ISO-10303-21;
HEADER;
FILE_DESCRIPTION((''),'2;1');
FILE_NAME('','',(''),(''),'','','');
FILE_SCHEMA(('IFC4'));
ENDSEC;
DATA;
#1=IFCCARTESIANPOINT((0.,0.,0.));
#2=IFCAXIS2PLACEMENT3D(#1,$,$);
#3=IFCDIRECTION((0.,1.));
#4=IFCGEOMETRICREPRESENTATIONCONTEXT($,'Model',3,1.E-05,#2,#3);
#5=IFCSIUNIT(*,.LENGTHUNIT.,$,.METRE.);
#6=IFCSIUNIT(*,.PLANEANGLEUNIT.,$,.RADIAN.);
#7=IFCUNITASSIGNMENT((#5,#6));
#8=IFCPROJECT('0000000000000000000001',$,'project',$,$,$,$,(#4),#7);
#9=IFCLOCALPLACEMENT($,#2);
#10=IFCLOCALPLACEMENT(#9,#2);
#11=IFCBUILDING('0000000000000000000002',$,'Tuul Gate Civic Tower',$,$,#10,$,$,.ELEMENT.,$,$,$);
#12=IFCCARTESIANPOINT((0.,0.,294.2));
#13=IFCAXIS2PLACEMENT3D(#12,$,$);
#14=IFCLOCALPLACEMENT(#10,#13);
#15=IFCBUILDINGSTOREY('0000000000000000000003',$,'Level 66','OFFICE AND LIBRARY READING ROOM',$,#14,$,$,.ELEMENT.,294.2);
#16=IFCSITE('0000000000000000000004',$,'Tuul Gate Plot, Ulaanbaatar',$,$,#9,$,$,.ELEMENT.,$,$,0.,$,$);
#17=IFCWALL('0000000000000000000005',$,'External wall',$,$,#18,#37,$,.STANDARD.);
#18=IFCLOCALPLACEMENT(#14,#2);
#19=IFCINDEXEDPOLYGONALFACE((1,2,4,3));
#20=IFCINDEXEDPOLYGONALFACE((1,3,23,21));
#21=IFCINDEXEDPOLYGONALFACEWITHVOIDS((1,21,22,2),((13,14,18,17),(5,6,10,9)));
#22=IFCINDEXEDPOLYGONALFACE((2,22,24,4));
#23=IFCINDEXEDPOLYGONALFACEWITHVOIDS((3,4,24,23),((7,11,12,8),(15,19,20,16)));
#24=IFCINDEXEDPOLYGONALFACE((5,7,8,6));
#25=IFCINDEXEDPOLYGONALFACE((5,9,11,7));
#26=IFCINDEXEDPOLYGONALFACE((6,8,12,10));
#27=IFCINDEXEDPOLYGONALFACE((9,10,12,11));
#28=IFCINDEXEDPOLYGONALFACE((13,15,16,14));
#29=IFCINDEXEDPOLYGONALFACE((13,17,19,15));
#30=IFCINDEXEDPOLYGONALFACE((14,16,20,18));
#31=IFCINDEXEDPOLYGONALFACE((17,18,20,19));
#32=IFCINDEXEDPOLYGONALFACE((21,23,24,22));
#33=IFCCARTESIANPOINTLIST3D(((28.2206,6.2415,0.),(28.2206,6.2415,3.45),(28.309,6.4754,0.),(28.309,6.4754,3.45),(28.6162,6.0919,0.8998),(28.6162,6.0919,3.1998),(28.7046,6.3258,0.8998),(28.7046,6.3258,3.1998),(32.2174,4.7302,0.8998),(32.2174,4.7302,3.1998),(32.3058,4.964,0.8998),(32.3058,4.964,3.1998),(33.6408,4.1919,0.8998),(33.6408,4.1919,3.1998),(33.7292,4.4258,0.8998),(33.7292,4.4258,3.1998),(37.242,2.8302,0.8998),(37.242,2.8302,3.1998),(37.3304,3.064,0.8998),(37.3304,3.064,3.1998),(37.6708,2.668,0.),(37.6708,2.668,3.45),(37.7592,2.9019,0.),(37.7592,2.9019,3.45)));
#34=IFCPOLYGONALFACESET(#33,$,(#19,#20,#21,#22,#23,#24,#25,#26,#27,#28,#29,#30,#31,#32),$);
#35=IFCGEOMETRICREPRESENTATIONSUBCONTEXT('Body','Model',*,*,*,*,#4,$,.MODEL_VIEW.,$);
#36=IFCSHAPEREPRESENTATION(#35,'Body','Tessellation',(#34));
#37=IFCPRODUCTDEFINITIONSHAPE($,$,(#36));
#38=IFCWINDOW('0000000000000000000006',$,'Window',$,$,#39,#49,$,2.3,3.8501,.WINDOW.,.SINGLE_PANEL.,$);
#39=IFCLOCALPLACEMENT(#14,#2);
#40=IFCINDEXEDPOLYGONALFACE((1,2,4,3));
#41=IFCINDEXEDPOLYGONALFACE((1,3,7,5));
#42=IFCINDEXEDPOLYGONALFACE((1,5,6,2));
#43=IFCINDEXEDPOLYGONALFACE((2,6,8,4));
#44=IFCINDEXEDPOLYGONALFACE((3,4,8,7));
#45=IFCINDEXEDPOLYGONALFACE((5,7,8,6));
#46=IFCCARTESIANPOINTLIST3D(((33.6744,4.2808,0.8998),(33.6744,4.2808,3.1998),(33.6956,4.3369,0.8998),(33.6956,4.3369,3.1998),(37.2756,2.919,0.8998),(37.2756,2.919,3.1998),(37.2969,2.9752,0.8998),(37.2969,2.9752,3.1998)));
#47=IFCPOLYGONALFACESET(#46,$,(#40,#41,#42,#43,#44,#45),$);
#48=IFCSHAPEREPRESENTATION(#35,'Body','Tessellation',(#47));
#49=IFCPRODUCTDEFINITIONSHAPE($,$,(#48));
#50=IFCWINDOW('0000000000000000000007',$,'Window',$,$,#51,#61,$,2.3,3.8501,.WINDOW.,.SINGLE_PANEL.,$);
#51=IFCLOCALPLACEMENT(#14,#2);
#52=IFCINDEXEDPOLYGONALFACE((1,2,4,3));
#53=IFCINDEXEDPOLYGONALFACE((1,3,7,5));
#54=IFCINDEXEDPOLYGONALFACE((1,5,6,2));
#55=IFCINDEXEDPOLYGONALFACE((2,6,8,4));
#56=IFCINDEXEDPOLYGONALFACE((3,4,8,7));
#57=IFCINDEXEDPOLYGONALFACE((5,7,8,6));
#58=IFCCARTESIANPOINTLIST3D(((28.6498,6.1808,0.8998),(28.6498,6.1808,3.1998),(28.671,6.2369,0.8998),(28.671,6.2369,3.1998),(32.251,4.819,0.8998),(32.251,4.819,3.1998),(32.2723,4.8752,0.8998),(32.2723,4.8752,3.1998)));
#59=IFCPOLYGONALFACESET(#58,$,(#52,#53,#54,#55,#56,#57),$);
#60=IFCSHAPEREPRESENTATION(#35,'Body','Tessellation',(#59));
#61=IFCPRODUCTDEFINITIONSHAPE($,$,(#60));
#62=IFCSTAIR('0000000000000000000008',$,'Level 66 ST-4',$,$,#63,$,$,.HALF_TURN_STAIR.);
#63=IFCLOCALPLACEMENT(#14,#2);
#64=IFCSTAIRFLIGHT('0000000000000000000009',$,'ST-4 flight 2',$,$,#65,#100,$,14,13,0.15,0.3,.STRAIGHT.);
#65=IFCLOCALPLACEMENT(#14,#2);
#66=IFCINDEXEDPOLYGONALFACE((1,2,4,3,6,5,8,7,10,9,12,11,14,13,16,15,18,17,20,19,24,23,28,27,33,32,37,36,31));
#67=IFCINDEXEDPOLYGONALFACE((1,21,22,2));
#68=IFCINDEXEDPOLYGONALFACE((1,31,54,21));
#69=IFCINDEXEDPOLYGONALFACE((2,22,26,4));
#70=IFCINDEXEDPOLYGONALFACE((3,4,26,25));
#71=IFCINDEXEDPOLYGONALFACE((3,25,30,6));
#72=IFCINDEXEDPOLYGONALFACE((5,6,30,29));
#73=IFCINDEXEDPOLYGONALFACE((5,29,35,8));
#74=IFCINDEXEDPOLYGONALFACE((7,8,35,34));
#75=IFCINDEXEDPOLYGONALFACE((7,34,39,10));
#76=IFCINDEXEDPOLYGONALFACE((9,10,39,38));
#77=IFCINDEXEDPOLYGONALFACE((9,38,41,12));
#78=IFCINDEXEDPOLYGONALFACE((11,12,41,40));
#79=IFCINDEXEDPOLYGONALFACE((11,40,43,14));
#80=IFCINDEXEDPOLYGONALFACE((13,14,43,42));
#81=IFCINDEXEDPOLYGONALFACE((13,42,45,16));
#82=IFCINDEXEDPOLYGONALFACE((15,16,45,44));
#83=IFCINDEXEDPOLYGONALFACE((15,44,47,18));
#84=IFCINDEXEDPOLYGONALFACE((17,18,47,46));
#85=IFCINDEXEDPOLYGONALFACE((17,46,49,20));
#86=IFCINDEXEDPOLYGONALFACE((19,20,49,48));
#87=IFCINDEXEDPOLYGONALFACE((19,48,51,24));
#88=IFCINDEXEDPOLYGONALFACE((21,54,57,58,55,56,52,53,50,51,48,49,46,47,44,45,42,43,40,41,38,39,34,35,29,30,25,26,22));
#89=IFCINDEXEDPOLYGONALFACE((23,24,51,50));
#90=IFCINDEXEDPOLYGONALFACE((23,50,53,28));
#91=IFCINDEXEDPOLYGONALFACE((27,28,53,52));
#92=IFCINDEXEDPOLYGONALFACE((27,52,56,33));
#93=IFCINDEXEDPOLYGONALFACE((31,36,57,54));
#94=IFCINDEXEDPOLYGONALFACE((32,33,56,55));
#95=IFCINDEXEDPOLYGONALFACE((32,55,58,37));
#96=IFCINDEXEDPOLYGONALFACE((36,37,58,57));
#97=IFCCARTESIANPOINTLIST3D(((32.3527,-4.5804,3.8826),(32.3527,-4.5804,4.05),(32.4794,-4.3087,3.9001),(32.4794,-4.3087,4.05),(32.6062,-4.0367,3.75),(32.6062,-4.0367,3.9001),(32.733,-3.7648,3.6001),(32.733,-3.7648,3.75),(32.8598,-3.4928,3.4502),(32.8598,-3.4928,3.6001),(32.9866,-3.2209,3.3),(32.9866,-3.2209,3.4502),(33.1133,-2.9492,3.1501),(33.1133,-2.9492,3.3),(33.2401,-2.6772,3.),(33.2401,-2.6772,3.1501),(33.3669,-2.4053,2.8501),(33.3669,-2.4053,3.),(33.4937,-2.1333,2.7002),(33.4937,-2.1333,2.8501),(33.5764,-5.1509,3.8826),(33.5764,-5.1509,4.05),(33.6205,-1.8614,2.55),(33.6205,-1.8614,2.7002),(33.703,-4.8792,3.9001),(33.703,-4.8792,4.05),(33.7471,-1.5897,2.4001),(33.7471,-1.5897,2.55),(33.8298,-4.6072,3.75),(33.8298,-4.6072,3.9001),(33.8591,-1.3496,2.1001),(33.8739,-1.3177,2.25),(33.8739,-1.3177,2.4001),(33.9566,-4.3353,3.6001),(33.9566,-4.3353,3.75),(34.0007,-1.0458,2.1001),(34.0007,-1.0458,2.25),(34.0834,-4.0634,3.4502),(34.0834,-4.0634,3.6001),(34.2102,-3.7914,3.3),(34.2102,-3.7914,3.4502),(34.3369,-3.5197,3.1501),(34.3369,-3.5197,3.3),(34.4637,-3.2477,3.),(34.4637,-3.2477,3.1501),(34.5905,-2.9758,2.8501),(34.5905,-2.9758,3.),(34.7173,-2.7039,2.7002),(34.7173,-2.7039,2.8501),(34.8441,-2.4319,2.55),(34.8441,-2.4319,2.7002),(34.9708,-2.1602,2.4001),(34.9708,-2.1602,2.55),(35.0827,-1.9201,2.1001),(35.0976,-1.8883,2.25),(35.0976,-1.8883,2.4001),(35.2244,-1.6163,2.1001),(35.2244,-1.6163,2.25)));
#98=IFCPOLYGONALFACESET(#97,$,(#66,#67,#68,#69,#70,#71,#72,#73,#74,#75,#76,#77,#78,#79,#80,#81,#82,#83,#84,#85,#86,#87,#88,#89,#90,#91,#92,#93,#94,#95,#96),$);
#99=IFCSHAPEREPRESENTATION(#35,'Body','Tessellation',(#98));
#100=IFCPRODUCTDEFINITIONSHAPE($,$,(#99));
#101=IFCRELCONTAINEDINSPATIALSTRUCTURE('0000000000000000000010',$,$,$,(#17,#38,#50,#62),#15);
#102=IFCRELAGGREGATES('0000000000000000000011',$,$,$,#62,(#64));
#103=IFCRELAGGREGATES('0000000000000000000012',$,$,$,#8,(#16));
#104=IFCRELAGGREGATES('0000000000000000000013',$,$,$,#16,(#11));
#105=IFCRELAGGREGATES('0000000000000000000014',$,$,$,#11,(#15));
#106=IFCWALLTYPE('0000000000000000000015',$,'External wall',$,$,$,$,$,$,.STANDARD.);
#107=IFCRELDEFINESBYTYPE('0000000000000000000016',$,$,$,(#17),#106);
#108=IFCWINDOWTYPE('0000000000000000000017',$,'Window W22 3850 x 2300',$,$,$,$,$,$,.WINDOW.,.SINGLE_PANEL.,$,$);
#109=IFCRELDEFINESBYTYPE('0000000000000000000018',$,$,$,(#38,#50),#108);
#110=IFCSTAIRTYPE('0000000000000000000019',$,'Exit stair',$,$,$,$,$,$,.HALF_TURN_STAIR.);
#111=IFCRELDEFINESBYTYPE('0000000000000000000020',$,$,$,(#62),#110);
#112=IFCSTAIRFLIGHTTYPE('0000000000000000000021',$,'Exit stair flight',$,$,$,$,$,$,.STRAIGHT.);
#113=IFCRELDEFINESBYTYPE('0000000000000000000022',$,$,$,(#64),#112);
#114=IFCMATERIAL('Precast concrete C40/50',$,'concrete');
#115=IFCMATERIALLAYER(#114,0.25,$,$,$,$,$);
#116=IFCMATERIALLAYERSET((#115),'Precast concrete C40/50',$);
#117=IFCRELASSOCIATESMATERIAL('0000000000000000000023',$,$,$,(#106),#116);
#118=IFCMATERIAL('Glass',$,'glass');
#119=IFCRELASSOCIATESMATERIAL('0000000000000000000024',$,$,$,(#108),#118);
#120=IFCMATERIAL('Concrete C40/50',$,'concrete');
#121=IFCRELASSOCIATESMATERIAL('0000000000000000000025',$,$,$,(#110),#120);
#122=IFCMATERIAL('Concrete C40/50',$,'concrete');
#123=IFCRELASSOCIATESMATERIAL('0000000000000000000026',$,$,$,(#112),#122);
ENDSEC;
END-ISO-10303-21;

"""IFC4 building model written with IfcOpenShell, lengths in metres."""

from ifc_helpers import new_model, si_unit, direction, frame, frame_2d, origin, place, context, subcontext, project, spatial, polyline, rectangle, outline, extrude, material, layer, layer_set, type_object, element, fill, aggregate, save


model = new_model("IFC4")

# Units and contexts
model_context = context("Model", 3, precision=1e-05, world=origin(), true_north=direction((0.0, 1.0)))
body_context = subcontext(model_context, "Body", "Model", "MODEL_VIEW")
ifc_project = project(units=[si_unit("LENGTHUNIT", "METRE"), si_unit("PLANEANGLEUNIT", "RADIAN")], contexts=[model_context])

# Site, building, storey
site_placement = place(None, origin())
site = spatial("IfcSite", under=ifc_project, at=site_placement, Name="Tuul Gate Plot, Ulaanbaatar", CompositionType="ELEMENT", RefElevation=0.0)
building_placement = place(site_placement, origin())
building = spatial("IfcBuilding", under=site, at=building_placement, Name="Tuul Gate Civic Tower", CompositionType="ELEMENT")
storey_placement = place(building_placement, frame((0.0, 0.0, 294.2)))
storey = spatial("IfcBuildingStorey", under=building, at=storey_placement, Name="Level 66", Description="OFFICE AND LIBRARY READING ROOM", CompositionType="ELEMENT", Elevation=294.2)

# Wall, openings, windows
ifc_material_1 = material(Name="Precast concrete C40/50", Category="concrete")
ifc_layer_1 = layer(ifc_material_1, 0.25)
ifc_layer_set_1 = layer_set([ifc_layer_1], Name="Precast concrete C40/50")
wall_type_1 = type_object("IfcWallType", Name="External wall", PredefinedType="STANDARD", material=ifc_layer_set_1)
wall_1_placement = place(storey_placement, frame((37.7151, 2.7849, 0.0), z_axis=(0.0, 0.0, 1.0), x_axis=(-0.93536, 0.353696, 0.0)))
wall_1 = element("IfcWall", 1, at=wall_1_placement, inside=storey, type_object=wall_type_1, Name="External wall", PredefinedType="STANDARD", context=body_context, shape_type="SweptSolid", body=[
    extrude(rectangle(XDim=10.1033, YDim=0.25, at=frame_2d((5.0518, 0.0))), origin(), (0.0, 0.0, 1.0), 3.45),
])
opening_1_placement = place(wall_1_placement, frame((0.4585, 0.0, 0.8999)))
opening_1 = element("IfcOpeningElement", 2, at=opening_1_placement, cuts=wall_1, PredefinedType="OPENING", context=body_context, shape_type="SweptSolid", body=[
    extrude(rectangle(XDim=3.8501, YDim=2.3, at=frame_2d((1.925, 1.1499))), frame((0.0, 0.135, 0.0), z_axis=(0.0, -1.0, 0.0), x_axis=(1.0, 0.0, 0.0)), (0.0, 0.0, 1.0), 0.27),
])
opening_2_placement = place(wall_1_placement, frame((5.8303, 0.0, 0.8999)))
opening_2 = element("IfcOpeningElement", 3, at=opening_2_placement, cuts=wall_1, PredefinedType="OPENING", context=body_context, shape_type="SweptSolid", body=[
    extrude(rectangle(XDim=3.8501, YDim=2.3, at=frame_2d((1.925, 1.1499))), frame((0.0, 0.135, 0.0), z_axis=(0.0, -1.0, 0.0), x_axis=(1.0, 0.0, 0.0)), (0.0, 0.0, 1.0), 0.27),
])
ifc_material_2 = material(Name="Glass", Category="glass")
window_type = type_object("IfcWindowType", Name="Window W22 3850 x 2300", PartitioningType="SINGLE_PANEL", PredefinedType="WINDOW", material=ifc_material_2)
window_1_placement = place(opening_1_placement, origin())
window_1 = element("IfcWindow", 4, at=window_1_placement, inside=storey, type_object=window_type, Name="Window", OverallHeight=2.3, OverallWidth=3.8501, PartitioningType="SINGLE_PANEL", PredefinedType="WINDOW", context=body_context, shape_type="SweptSolid", body=[
    extrude(rectangle(XDim=3.8501, YDim=2.3, at=frame_2d((1.925, 1.1499))), frame((0.0, 0.03, 0.0), z_axis=(0.0, -1.0, 0.0), x_axis=(1.0, 0.0, 0.0)), (0.0, 0.0, 1.0), 0.0601),
])
fill(opening_1, window_1)
window_2_placement = place(opening_2_placement, origin())
window_2 = element("IfcWindow", 5, at=window_2_placement, inside=storey, type_object=window_type, Name="Window", OverallHeight=2.3, OverallWidth=3.8501, PartitioningType="SINGLE_PANEL", PredefinedType="WINDOW", context=body_context, shape_type="SweptSolid", body=[
    extrude(rectangle(XDim=3.8501, YDim=2.3, at=frame_2d((1.925, 1.1499))), frame((0.0, 0.03, 0.0), z_axis=(0.0, -1.0, 0.0), x_axis=(1.0, 0.0, 0.0)), (0.0, 0.0, 1.0), 0.0601),
])
fill(opening_2, window_2)

# Stair, stair flight
ifc_material_3 = material(Name="Concrete C40/50", Category="concrete")
stair_type = type_object("IfcStairType", Name="Exit stair", PredefinedType="HALF_TURN_STAIR", material=ifc_material_3)
stair_placement = place(storey_placement, origin())
stair = element("IfcStair", 6, at=stair_placement, inside=storey, type_object=stair_type, Name="Level 66 ST-4", PredefinedType="HALF_TURN_STAIR")
ifc_material_4 = material(Name="Concrete C40/50", Category="concrete")
stair_flight_type = type_object("IfcStairFlightType", Name="Exit stair flight", PredefinedType="STRAIGHT", material=ifc_material_4)
stair_flight_placement = place(storey_placement, frame((34.6125, -1.3311, 2.1001), z_axis=(0.0, 0.0, 1.0), x_axis=(-0.422576, -0.906327, 0.0)))
stair_flight = element("IfcStairFlight", 7, at=stair_flight_placement, type_object=stair_flight_type, Name="ST-4 flight 2", NumberOfRisers=14, NumberOfTreads=13, PredefinedType="STRAIGHT", RiserHeight=0.15, TreadLength=0.3, context=body_context, shape_type="SweptSolid", body=[
    extrude(outline(polyline([(0.0, 0.0), (0.0, 0.1499), (0.3, 0.1499), (0.3, 0.3), (0.6001, 0.3), (0.6001, 0.45), (0.8999, 0.45), (0.8999, 0.6001), (1.2, 0.6001), (1.2, 0.75), (1.5, 0.75), (1.5, 0.8999), (1.8, 0.8999), (1.8, 1.05), (2.1001, 1.05), (2.1001, 1.2), (2.3999, 1.2), (2.3999, 1.3501), (2.7, 1.3501), (2.7, 1.5), (3.0, 1.5), (3.0, 1.6499), (3.3, 1.6499), (3.3, 1.8), (3.6001, 1.8), (3.6001, 1.95), (3.8999, 1.95), (3.8999, 2.1001), (3.8999, 1.7825), (0.3352, 0.0), (0.0, 0.0)])), frame((0.0, 0.675, 0.0), z_axis=(0.0, -1.0, 0.0), x_axis=(1.0, 0.0, 0.0)), (0.0, 0.0, 1.0), 1.3501),
])
aggregate(stair, [stair_flight])

save(model, "model.ifc")
